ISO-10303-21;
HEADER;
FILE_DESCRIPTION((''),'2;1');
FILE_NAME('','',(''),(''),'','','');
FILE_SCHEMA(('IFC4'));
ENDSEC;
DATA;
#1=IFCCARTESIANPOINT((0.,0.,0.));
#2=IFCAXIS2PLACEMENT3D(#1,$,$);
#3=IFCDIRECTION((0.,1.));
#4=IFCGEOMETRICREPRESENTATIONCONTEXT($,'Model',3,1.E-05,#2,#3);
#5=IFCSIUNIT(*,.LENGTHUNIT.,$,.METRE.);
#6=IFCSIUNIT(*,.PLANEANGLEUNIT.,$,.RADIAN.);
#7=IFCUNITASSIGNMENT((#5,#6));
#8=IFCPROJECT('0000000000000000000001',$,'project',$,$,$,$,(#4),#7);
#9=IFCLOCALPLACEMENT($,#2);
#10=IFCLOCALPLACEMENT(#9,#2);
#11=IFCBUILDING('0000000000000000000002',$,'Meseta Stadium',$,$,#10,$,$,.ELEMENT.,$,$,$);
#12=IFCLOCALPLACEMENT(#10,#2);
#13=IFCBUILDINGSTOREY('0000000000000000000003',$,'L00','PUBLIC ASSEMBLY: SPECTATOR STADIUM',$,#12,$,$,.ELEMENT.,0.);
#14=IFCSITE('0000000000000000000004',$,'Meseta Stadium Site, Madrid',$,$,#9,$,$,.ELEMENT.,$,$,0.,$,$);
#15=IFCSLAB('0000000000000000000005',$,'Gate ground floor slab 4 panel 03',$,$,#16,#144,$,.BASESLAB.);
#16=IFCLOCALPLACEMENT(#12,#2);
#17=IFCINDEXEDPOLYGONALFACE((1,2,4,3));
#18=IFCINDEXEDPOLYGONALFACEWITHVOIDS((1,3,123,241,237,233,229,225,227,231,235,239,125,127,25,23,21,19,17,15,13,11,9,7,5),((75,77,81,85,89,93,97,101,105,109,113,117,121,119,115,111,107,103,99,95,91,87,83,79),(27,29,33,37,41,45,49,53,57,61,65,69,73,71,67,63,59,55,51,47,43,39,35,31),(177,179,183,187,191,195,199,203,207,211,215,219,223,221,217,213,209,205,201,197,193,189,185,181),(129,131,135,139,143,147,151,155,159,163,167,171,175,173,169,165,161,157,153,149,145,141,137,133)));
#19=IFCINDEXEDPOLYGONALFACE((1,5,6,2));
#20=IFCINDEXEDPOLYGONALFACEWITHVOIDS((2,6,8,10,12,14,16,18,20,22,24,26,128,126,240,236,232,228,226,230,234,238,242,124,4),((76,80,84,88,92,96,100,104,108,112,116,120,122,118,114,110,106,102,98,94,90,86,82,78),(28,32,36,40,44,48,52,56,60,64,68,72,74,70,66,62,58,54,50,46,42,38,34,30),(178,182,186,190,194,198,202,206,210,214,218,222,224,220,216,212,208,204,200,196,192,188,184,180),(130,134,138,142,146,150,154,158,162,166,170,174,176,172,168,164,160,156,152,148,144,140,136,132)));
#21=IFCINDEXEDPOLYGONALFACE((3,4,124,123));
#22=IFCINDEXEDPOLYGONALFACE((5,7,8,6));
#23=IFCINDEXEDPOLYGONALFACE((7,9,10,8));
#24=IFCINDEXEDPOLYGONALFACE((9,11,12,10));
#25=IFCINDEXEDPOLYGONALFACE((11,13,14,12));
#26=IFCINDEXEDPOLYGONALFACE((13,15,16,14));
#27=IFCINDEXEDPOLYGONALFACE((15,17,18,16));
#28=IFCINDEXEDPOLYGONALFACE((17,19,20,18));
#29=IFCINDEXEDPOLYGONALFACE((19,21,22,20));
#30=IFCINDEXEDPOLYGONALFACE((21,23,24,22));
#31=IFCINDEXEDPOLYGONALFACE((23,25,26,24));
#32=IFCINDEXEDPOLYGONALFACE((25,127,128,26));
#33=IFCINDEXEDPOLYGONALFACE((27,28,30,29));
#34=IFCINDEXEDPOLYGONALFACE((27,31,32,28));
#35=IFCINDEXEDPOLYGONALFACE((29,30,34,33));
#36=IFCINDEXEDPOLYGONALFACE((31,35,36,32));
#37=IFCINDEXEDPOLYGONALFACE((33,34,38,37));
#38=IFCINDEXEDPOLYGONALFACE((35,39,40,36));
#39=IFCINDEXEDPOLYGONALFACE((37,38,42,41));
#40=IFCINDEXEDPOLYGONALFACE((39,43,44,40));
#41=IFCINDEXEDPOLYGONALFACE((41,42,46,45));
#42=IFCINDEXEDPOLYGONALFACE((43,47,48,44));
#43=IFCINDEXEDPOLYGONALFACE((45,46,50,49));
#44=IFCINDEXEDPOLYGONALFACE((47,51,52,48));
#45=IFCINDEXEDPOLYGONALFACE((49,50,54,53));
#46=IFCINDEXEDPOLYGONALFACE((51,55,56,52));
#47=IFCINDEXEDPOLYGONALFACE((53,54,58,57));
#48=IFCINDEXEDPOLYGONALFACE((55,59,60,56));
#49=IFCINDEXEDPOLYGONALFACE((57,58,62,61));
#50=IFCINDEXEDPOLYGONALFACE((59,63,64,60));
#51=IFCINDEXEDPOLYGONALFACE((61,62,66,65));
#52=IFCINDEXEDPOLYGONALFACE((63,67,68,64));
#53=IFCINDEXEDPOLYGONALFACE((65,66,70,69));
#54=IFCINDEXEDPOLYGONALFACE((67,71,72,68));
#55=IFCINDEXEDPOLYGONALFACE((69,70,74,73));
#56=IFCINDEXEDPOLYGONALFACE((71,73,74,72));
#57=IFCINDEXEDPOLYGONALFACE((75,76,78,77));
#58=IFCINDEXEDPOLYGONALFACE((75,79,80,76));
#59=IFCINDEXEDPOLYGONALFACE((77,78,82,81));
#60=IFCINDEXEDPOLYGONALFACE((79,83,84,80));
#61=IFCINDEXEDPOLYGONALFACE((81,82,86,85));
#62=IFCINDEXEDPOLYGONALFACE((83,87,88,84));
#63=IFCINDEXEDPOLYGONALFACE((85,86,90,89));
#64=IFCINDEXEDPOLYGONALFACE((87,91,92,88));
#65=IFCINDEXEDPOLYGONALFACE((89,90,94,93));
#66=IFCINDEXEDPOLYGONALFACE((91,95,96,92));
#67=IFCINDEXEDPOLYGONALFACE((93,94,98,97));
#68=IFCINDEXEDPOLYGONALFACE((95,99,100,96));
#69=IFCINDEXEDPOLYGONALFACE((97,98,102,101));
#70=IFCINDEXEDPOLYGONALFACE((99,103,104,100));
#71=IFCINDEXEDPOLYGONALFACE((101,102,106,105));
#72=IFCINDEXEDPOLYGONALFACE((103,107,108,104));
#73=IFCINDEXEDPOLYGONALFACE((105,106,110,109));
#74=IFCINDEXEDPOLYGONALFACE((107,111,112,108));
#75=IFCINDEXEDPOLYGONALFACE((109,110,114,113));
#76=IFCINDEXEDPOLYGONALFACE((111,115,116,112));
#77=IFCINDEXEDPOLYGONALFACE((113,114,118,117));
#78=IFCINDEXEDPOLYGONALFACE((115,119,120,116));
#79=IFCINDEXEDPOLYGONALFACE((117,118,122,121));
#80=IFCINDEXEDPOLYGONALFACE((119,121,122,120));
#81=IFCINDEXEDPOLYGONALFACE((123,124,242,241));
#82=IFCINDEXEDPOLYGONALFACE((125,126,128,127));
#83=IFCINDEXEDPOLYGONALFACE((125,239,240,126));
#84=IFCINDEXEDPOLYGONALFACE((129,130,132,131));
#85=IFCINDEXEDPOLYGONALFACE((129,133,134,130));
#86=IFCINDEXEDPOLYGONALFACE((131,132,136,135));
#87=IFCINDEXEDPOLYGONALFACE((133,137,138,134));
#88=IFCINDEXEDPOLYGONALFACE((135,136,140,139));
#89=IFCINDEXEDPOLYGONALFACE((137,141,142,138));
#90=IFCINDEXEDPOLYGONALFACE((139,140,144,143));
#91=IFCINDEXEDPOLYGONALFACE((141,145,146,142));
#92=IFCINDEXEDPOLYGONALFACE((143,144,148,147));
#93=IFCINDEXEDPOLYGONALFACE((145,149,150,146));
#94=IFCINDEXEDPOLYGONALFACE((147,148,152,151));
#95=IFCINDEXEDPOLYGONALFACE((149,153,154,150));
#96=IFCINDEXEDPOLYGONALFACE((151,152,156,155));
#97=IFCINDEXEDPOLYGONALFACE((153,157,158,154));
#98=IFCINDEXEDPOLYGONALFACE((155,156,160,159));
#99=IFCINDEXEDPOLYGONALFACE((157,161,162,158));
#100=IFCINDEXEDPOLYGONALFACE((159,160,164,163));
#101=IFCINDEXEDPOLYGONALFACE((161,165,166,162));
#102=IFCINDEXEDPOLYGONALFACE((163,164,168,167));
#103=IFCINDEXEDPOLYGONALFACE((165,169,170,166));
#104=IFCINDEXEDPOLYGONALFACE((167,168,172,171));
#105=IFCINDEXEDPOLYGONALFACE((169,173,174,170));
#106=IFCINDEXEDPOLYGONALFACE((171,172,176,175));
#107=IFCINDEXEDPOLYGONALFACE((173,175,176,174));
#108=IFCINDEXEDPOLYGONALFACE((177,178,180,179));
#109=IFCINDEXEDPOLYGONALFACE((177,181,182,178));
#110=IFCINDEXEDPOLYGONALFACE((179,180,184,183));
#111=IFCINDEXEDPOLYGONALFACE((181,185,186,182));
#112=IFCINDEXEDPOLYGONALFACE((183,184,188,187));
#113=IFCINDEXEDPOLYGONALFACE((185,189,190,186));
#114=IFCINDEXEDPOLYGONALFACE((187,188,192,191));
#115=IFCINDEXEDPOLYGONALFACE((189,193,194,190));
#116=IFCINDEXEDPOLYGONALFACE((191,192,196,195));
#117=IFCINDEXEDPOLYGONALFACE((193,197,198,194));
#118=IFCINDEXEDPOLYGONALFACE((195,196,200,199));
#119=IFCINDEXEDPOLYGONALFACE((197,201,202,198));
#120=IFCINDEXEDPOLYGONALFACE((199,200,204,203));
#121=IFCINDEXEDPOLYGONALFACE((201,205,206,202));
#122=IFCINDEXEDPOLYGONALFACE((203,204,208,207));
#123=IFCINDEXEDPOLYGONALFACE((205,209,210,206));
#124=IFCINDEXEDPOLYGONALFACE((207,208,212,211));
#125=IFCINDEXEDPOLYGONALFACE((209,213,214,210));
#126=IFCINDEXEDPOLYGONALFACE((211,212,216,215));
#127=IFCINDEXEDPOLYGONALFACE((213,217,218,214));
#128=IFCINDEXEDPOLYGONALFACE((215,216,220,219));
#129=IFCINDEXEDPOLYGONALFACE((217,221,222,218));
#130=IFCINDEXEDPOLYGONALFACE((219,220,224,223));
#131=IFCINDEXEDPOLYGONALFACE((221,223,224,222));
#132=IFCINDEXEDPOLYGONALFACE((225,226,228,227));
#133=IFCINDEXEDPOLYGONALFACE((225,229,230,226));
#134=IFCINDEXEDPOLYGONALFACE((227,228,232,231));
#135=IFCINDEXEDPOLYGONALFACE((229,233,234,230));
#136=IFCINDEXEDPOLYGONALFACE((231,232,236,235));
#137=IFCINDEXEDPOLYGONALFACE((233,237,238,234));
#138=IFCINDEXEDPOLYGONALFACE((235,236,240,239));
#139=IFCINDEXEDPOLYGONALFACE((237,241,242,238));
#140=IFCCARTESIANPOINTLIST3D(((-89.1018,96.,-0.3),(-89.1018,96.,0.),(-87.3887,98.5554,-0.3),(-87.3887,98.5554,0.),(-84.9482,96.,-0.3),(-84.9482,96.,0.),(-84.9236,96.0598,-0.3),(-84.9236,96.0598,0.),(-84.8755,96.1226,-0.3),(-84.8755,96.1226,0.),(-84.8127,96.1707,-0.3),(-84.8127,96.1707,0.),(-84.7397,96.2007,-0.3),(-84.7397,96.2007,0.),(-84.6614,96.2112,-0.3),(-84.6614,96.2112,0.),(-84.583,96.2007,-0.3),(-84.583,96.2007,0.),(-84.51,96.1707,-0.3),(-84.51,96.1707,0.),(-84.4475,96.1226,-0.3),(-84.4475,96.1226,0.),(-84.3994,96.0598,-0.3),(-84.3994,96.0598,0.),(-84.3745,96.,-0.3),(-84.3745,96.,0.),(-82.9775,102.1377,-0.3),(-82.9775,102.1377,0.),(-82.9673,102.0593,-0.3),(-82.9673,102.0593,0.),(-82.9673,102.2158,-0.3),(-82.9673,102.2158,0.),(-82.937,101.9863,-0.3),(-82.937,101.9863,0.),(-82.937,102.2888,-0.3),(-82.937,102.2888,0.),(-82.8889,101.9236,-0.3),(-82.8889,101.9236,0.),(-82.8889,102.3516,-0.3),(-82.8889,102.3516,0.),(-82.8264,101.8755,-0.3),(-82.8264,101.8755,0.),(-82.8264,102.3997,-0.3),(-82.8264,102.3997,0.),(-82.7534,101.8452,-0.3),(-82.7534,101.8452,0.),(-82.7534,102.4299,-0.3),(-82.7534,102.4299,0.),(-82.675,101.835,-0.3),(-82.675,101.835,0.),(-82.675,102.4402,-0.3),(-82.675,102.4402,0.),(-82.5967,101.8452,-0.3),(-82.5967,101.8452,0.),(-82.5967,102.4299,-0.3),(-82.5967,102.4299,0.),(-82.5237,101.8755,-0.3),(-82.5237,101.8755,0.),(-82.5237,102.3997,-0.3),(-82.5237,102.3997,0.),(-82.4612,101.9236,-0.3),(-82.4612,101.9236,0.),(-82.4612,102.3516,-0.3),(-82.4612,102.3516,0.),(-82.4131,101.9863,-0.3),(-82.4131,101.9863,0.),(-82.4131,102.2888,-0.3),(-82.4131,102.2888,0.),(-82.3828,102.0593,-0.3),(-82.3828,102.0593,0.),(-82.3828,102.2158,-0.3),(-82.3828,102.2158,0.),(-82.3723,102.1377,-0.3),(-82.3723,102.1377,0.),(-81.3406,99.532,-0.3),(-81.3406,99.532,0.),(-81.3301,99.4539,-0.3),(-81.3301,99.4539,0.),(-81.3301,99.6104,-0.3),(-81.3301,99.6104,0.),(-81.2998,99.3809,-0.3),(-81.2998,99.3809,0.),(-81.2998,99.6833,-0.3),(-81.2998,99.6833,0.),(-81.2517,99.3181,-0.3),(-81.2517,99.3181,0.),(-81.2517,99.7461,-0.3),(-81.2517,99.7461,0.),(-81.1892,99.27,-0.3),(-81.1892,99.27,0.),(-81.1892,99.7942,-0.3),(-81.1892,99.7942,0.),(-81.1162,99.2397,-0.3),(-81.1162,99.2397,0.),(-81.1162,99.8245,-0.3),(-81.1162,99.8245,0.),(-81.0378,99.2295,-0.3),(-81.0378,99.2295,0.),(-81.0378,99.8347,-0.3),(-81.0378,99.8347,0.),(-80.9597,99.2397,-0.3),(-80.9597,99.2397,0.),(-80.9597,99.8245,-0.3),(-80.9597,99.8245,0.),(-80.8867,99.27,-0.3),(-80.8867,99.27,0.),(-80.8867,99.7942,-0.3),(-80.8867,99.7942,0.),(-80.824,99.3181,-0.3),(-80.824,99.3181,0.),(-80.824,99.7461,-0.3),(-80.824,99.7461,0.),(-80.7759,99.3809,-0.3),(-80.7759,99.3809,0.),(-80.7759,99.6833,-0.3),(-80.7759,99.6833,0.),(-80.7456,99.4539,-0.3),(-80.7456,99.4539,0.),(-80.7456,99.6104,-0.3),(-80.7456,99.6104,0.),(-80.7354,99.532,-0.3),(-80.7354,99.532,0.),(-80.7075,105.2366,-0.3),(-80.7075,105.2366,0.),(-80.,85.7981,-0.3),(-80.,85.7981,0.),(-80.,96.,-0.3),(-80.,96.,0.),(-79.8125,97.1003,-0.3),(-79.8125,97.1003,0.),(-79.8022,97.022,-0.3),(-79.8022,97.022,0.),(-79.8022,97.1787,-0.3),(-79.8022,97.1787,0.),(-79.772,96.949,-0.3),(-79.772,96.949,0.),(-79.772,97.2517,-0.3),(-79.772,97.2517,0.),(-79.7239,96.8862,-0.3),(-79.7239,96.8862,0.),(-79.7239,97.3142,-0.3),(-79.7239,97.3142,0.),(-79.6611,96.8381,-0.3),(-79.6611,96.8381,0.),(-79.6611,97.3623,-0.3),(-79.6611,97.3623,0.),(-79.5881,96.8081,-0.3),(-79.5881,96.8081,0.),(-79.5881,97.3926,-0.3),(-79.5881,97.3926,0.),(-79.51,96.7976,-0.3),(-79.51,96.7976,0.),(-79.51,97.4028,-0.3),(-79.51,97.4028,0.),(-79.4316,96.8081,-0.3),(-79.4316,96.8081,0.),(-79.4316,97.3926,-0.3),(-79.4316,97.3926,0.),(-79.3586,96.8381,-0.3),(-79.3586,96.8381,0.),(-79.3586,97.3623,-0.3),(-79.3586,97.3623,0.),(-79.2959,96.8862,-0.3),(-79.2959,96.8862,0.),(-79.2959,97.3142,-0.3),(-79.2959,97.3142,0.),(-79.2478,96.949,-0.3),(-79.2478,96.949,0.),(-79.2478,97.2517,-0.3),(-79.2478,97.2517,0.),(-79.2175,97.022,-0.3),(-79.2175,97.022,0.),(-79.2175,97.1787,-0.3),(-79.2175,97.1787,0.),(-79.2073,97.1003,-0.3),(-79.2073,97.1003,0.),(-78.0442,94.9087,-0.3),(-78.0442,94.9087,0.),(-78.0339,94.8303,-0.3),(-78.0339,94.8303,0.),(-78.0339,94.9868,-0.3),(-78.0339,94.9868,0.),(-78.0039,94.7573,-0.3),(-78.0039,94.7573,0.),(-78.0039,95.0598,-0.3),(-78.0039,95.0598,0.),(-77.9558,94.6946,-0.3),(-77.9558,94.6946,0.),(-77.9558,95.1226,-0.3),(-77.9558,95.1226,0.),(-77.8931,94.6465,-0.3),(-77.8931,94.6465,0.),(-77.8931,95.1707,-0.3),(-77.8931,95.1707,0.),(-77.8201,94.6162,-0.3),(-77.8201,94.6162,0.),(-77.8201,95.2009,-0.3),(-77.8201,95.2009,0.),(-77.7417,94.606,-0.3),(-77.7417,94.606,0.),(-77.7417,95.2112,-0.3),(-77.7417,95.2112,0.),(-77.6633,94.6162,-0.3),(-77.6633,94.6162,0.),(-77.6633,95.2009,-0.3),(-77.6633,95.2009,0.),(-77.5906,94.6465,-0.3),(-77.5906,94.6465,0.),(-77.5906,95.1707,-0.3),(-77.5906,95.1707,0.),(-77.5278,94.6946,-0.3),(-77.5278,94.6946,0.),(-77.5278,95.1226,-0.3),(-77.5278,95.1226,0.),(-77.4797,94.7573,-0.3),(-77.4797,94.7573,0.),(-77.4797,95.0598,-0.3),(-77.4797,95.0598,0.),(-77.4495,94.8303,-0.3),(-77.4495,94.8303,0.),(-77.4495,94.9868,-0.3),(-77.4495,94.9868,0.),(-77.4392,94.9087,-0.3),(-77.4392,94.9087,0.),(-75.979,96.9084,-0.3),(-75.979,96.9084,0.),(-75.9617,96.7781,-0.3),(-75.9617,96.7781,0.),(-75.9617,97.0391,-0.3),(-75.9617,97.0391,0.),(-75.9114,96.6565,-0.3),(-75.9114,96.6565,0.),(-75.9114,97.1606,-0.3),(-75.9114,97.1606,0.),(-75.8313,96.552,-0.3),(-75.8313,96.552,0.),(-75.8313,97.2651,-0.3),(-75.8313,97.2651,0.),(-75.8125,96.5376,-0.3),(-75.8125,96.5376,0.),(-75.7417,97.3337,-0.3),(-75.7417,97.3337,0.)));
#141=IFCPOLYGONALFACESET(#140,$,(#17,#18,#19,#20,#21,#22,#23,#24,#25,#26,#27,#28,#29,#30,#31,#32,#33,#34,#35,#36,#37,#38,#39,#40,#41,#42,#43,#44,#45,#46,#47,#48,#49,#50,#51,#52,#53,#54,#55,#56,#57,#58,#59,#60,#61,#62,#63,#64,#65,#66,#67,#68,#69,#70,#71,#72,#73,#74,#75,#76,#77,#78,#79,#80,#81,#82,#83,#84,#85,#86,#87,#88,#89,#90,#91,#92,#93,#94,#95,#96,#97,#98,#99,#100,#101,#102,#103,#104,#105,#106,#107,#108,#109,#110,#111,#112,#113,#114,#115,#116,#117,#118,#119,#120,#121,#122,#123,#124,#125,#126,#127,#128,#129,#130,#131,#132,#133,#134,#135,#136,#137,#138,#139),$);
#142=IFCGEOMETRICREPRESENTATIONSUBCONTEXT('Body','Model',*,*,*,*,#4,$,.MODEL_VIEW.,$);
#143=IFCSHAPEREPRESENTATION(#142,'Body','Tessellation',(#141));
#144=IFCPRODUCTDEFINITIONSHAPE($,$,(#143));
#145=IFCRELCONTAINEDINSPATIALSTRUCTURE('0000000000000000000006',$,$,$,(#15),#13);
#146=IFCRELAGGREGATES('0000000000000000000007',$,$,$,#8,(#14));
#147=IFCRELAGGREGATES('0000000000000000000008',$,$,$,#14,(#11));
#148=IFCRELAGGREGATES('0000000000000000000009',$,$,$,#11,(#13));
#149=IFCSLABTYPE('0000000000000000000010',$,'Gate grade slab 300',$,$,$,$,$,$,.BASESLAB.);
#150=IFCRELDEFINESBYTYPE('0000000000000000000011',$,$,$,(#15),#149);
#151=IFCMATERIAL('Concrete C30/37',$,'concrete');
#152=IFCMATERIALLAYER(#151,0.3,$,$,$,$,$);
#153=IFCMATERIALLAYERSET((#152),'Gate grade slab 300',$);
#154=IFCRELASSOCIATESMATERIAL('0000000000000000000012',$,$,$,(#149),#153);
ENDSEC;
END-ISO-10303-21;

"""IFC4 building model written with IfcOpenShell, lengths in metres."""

from ifc_helpers import new_model, si_unit, direction, frame, origin, place, context, subcontext, project, spatial, polyline, outline, extrude, material, layer, layer_set, type_object, element, save


model = new_model("IFC4")

# Units and contexts
model_context = context("Model", 3, precision=1e-05, world=origin(), true_north=direction((0.0, 1.0)))
body_context = subcontext(model_context, "Body", "Model", "MODEL_VIEW")
ifc_project = project(units=[si_unit("LENGTHUNIT", "METRE"), si_unit("PLANEANGLEUNIT", "RADIAN")], contexts=[model_context])

# Site, building, storey
site_placement = place(None, origin())
site = spatial("IfcSite", under=ifc_project, at=site_placement, Name="Meseta Stadium Site, Madrid", CompositionType="ELEMENT", RefElevation=0.0)
building_placement = place(site_placement, origin())
building = spatial("IfcBuilding", under=site, at=building_placement, Name="Meseta Stadium", CompositionType="ELEMENT")
storey_placement = place(building_placement, origin())
storey = spatial("IfcBuildingStorey", under=building, at=storey_placement, Name="L00", Description="PUBLIC ASSEMBLY: SPECTATOR STADIUM", CompositionType="ELEMENT", Elevation=0.0)

# Slab
ifc_material_1 = material(Name="Concrete C30/37", Category="concrete")
ifc_layer_1 = layer(ifc_material_1, 0.3)
ifc_layer_set_1 = layer_set([ifc_layer_1], Name="Gate grade slab 300")
slab_type_1 = type_object("IfcSlabType", Name="Gate grade slab 300", PredefinedType="BASESLAB", material=ifc_layer_set_1)
slab_1_placement = place(storey_placement, frame((0.0, 0.0, -0.3)))
element("IfcSlab", 1, at=slab_1_placement, inside=storey, type_object=slab_type_1, Name="Gate ground floor slab 4 panel 03", PredefinedType="BASESLAB", context=body_context, shape_type="SweptSolid", body=[
    extrude(outline(polyline([(-84.7397, 96.2007), (-84.6614, 96.2112), (-84.583, 96.2007), (-84.51, 96.1707), (-84.4475, 96.1226), (-84.3994, 96.0598), (-84.3745, 96.0), (-80.0, 96.0), (-80.0, 85.7981), (-75.8125, 96.5376), (-75.8313, 96.552), (-75.9114, 96.6565), (-75.9617, 96.7781), (-75.979, 96.9084), (-75.9617, 97.0391), (-75.9114, 97.1606), (-75.8313, 97.2651), (-75.7417, 97.3337), (-80.7075, 105.2366), (-87.3887, 98.5554), (-89.1018, 96.0), (-84.9482, 96.0), (-84.9236, 96.0598), (-84.8755, 96.1226), (-84.8127, 96.1707), (-84.7397, 96.2007)]), holes=[polyline([(-82.8889, 101.9236), (-82.937, 101.9863), (-82.9673, 102.0593), (-82.9775, 102.1377), (-82.9673, 102.2158), (-82.937, 102.2888), (-82.8889, 102.3516), (-82.8264, 102.3997), (-82.7534, 102.4299), (-82.675, 102.4402), (-82.5967, 102.4299), (-82.5237, 102.3997), (-82.4612, 102.3516), (-82.4131, 102.2888), (-82.3828, 102.2158), (-82.3723, 102.1377), (-82.3828, 102.0593), (-82.4131, 101.9863), (-82.4612, 101.9236), (-82.5237, 101.8755), (-82.5967, 101.8452), (-82.675, 101.835), (-82.7534, 101.8452), (-82.8264, 101.8755), (-82.8889, 101.9236)]), polyline([(-80.9597, 99.8245), (-80.8867, 99.7942), (-80.824, 99.7461), (-80.7759, 99.6833), (-80.7456, 99.6104), (-80.7354, 99.532), (-80.7456, 99.4539), (-80.7759, 99.3809), (-80.824, 99.3181), (-80.8867, 99.27), (-80.9597, 99.2397), (-81.0378, 99.2295), (-81.1162, 99.2397), (-81.1892, 99.27), (-81.2517, 99.3181), (-81.2998, 99.3809), (-81.3301, 99.4539), (-81.3406, 99.532), (-81.3301, 99.6104), (-81.2998, 99.6833), (-81.2517, 99.7461), (-81.1892, 99.7942), (-81.1162, 99.8245), (-81.0378, 99.8347), (-80.9597, 99.8245)]), polyline([(-79.3586, 97.3623), (-79.2959, 97.3142), (-79.2478, 97.2517), (-79.2175, 97.1787), (-79.2073, 97.1003), (-79.2175, 97.022), (-79.2478, 96.949), (-79.2959, 96.8862), (-79.3586, 96.8381), (-79.4316, 96.8081), (-79.51, 96.7976), (-79.5881, 96.8081), (-79.6611, 96.8381), (-79.7239, 96.8862), (-79.772, 96.949), (-79.8022, 97.022), (-79.8125, 97.1003), (-79.8022, 97.1787), (-79.772, 97.2517), (-79.7239, 97.3142), (-79.6611, 97.3623), (-79.5881, 97.3926), (-79.51, 97.4028), (-79.4316, 97.3926), (-79.3586, 97.3623)]), polyline([(-77.4495, 94.8303), (-77.4797, 94.7573), (-77.5278, 94.6946), (-77.5906, 94.6465), (-77.6633, 94.6162), (-77.7417, 94.606), (-77.8201, 94.6162), (-77.8931, 94.6465), (-77.9558, 94.6946), (-78.0039, 94.7573), (-78.0339, 94.8303), (-78.0442, 94.9087), (-78.0339, 94.9868), (-78.0039, 95.0598), (-77.9558, 95.1226), (-77.8931, 95.1707), (-77.8201, 95.2009), (-77.7417, 95.2112), (-77.6633, 95.2009), (-77.5906, 95.1707), (-77.5278, 95.1226), (-77.4797, 95.0598), (-77.4495, 94.9868), (-77.4392, 94.9087), (-77.4495, 94.8303)])]), origin(), (0.0, 0.0, 1.0), 0.3),
])

save(model, "model.ifc")
